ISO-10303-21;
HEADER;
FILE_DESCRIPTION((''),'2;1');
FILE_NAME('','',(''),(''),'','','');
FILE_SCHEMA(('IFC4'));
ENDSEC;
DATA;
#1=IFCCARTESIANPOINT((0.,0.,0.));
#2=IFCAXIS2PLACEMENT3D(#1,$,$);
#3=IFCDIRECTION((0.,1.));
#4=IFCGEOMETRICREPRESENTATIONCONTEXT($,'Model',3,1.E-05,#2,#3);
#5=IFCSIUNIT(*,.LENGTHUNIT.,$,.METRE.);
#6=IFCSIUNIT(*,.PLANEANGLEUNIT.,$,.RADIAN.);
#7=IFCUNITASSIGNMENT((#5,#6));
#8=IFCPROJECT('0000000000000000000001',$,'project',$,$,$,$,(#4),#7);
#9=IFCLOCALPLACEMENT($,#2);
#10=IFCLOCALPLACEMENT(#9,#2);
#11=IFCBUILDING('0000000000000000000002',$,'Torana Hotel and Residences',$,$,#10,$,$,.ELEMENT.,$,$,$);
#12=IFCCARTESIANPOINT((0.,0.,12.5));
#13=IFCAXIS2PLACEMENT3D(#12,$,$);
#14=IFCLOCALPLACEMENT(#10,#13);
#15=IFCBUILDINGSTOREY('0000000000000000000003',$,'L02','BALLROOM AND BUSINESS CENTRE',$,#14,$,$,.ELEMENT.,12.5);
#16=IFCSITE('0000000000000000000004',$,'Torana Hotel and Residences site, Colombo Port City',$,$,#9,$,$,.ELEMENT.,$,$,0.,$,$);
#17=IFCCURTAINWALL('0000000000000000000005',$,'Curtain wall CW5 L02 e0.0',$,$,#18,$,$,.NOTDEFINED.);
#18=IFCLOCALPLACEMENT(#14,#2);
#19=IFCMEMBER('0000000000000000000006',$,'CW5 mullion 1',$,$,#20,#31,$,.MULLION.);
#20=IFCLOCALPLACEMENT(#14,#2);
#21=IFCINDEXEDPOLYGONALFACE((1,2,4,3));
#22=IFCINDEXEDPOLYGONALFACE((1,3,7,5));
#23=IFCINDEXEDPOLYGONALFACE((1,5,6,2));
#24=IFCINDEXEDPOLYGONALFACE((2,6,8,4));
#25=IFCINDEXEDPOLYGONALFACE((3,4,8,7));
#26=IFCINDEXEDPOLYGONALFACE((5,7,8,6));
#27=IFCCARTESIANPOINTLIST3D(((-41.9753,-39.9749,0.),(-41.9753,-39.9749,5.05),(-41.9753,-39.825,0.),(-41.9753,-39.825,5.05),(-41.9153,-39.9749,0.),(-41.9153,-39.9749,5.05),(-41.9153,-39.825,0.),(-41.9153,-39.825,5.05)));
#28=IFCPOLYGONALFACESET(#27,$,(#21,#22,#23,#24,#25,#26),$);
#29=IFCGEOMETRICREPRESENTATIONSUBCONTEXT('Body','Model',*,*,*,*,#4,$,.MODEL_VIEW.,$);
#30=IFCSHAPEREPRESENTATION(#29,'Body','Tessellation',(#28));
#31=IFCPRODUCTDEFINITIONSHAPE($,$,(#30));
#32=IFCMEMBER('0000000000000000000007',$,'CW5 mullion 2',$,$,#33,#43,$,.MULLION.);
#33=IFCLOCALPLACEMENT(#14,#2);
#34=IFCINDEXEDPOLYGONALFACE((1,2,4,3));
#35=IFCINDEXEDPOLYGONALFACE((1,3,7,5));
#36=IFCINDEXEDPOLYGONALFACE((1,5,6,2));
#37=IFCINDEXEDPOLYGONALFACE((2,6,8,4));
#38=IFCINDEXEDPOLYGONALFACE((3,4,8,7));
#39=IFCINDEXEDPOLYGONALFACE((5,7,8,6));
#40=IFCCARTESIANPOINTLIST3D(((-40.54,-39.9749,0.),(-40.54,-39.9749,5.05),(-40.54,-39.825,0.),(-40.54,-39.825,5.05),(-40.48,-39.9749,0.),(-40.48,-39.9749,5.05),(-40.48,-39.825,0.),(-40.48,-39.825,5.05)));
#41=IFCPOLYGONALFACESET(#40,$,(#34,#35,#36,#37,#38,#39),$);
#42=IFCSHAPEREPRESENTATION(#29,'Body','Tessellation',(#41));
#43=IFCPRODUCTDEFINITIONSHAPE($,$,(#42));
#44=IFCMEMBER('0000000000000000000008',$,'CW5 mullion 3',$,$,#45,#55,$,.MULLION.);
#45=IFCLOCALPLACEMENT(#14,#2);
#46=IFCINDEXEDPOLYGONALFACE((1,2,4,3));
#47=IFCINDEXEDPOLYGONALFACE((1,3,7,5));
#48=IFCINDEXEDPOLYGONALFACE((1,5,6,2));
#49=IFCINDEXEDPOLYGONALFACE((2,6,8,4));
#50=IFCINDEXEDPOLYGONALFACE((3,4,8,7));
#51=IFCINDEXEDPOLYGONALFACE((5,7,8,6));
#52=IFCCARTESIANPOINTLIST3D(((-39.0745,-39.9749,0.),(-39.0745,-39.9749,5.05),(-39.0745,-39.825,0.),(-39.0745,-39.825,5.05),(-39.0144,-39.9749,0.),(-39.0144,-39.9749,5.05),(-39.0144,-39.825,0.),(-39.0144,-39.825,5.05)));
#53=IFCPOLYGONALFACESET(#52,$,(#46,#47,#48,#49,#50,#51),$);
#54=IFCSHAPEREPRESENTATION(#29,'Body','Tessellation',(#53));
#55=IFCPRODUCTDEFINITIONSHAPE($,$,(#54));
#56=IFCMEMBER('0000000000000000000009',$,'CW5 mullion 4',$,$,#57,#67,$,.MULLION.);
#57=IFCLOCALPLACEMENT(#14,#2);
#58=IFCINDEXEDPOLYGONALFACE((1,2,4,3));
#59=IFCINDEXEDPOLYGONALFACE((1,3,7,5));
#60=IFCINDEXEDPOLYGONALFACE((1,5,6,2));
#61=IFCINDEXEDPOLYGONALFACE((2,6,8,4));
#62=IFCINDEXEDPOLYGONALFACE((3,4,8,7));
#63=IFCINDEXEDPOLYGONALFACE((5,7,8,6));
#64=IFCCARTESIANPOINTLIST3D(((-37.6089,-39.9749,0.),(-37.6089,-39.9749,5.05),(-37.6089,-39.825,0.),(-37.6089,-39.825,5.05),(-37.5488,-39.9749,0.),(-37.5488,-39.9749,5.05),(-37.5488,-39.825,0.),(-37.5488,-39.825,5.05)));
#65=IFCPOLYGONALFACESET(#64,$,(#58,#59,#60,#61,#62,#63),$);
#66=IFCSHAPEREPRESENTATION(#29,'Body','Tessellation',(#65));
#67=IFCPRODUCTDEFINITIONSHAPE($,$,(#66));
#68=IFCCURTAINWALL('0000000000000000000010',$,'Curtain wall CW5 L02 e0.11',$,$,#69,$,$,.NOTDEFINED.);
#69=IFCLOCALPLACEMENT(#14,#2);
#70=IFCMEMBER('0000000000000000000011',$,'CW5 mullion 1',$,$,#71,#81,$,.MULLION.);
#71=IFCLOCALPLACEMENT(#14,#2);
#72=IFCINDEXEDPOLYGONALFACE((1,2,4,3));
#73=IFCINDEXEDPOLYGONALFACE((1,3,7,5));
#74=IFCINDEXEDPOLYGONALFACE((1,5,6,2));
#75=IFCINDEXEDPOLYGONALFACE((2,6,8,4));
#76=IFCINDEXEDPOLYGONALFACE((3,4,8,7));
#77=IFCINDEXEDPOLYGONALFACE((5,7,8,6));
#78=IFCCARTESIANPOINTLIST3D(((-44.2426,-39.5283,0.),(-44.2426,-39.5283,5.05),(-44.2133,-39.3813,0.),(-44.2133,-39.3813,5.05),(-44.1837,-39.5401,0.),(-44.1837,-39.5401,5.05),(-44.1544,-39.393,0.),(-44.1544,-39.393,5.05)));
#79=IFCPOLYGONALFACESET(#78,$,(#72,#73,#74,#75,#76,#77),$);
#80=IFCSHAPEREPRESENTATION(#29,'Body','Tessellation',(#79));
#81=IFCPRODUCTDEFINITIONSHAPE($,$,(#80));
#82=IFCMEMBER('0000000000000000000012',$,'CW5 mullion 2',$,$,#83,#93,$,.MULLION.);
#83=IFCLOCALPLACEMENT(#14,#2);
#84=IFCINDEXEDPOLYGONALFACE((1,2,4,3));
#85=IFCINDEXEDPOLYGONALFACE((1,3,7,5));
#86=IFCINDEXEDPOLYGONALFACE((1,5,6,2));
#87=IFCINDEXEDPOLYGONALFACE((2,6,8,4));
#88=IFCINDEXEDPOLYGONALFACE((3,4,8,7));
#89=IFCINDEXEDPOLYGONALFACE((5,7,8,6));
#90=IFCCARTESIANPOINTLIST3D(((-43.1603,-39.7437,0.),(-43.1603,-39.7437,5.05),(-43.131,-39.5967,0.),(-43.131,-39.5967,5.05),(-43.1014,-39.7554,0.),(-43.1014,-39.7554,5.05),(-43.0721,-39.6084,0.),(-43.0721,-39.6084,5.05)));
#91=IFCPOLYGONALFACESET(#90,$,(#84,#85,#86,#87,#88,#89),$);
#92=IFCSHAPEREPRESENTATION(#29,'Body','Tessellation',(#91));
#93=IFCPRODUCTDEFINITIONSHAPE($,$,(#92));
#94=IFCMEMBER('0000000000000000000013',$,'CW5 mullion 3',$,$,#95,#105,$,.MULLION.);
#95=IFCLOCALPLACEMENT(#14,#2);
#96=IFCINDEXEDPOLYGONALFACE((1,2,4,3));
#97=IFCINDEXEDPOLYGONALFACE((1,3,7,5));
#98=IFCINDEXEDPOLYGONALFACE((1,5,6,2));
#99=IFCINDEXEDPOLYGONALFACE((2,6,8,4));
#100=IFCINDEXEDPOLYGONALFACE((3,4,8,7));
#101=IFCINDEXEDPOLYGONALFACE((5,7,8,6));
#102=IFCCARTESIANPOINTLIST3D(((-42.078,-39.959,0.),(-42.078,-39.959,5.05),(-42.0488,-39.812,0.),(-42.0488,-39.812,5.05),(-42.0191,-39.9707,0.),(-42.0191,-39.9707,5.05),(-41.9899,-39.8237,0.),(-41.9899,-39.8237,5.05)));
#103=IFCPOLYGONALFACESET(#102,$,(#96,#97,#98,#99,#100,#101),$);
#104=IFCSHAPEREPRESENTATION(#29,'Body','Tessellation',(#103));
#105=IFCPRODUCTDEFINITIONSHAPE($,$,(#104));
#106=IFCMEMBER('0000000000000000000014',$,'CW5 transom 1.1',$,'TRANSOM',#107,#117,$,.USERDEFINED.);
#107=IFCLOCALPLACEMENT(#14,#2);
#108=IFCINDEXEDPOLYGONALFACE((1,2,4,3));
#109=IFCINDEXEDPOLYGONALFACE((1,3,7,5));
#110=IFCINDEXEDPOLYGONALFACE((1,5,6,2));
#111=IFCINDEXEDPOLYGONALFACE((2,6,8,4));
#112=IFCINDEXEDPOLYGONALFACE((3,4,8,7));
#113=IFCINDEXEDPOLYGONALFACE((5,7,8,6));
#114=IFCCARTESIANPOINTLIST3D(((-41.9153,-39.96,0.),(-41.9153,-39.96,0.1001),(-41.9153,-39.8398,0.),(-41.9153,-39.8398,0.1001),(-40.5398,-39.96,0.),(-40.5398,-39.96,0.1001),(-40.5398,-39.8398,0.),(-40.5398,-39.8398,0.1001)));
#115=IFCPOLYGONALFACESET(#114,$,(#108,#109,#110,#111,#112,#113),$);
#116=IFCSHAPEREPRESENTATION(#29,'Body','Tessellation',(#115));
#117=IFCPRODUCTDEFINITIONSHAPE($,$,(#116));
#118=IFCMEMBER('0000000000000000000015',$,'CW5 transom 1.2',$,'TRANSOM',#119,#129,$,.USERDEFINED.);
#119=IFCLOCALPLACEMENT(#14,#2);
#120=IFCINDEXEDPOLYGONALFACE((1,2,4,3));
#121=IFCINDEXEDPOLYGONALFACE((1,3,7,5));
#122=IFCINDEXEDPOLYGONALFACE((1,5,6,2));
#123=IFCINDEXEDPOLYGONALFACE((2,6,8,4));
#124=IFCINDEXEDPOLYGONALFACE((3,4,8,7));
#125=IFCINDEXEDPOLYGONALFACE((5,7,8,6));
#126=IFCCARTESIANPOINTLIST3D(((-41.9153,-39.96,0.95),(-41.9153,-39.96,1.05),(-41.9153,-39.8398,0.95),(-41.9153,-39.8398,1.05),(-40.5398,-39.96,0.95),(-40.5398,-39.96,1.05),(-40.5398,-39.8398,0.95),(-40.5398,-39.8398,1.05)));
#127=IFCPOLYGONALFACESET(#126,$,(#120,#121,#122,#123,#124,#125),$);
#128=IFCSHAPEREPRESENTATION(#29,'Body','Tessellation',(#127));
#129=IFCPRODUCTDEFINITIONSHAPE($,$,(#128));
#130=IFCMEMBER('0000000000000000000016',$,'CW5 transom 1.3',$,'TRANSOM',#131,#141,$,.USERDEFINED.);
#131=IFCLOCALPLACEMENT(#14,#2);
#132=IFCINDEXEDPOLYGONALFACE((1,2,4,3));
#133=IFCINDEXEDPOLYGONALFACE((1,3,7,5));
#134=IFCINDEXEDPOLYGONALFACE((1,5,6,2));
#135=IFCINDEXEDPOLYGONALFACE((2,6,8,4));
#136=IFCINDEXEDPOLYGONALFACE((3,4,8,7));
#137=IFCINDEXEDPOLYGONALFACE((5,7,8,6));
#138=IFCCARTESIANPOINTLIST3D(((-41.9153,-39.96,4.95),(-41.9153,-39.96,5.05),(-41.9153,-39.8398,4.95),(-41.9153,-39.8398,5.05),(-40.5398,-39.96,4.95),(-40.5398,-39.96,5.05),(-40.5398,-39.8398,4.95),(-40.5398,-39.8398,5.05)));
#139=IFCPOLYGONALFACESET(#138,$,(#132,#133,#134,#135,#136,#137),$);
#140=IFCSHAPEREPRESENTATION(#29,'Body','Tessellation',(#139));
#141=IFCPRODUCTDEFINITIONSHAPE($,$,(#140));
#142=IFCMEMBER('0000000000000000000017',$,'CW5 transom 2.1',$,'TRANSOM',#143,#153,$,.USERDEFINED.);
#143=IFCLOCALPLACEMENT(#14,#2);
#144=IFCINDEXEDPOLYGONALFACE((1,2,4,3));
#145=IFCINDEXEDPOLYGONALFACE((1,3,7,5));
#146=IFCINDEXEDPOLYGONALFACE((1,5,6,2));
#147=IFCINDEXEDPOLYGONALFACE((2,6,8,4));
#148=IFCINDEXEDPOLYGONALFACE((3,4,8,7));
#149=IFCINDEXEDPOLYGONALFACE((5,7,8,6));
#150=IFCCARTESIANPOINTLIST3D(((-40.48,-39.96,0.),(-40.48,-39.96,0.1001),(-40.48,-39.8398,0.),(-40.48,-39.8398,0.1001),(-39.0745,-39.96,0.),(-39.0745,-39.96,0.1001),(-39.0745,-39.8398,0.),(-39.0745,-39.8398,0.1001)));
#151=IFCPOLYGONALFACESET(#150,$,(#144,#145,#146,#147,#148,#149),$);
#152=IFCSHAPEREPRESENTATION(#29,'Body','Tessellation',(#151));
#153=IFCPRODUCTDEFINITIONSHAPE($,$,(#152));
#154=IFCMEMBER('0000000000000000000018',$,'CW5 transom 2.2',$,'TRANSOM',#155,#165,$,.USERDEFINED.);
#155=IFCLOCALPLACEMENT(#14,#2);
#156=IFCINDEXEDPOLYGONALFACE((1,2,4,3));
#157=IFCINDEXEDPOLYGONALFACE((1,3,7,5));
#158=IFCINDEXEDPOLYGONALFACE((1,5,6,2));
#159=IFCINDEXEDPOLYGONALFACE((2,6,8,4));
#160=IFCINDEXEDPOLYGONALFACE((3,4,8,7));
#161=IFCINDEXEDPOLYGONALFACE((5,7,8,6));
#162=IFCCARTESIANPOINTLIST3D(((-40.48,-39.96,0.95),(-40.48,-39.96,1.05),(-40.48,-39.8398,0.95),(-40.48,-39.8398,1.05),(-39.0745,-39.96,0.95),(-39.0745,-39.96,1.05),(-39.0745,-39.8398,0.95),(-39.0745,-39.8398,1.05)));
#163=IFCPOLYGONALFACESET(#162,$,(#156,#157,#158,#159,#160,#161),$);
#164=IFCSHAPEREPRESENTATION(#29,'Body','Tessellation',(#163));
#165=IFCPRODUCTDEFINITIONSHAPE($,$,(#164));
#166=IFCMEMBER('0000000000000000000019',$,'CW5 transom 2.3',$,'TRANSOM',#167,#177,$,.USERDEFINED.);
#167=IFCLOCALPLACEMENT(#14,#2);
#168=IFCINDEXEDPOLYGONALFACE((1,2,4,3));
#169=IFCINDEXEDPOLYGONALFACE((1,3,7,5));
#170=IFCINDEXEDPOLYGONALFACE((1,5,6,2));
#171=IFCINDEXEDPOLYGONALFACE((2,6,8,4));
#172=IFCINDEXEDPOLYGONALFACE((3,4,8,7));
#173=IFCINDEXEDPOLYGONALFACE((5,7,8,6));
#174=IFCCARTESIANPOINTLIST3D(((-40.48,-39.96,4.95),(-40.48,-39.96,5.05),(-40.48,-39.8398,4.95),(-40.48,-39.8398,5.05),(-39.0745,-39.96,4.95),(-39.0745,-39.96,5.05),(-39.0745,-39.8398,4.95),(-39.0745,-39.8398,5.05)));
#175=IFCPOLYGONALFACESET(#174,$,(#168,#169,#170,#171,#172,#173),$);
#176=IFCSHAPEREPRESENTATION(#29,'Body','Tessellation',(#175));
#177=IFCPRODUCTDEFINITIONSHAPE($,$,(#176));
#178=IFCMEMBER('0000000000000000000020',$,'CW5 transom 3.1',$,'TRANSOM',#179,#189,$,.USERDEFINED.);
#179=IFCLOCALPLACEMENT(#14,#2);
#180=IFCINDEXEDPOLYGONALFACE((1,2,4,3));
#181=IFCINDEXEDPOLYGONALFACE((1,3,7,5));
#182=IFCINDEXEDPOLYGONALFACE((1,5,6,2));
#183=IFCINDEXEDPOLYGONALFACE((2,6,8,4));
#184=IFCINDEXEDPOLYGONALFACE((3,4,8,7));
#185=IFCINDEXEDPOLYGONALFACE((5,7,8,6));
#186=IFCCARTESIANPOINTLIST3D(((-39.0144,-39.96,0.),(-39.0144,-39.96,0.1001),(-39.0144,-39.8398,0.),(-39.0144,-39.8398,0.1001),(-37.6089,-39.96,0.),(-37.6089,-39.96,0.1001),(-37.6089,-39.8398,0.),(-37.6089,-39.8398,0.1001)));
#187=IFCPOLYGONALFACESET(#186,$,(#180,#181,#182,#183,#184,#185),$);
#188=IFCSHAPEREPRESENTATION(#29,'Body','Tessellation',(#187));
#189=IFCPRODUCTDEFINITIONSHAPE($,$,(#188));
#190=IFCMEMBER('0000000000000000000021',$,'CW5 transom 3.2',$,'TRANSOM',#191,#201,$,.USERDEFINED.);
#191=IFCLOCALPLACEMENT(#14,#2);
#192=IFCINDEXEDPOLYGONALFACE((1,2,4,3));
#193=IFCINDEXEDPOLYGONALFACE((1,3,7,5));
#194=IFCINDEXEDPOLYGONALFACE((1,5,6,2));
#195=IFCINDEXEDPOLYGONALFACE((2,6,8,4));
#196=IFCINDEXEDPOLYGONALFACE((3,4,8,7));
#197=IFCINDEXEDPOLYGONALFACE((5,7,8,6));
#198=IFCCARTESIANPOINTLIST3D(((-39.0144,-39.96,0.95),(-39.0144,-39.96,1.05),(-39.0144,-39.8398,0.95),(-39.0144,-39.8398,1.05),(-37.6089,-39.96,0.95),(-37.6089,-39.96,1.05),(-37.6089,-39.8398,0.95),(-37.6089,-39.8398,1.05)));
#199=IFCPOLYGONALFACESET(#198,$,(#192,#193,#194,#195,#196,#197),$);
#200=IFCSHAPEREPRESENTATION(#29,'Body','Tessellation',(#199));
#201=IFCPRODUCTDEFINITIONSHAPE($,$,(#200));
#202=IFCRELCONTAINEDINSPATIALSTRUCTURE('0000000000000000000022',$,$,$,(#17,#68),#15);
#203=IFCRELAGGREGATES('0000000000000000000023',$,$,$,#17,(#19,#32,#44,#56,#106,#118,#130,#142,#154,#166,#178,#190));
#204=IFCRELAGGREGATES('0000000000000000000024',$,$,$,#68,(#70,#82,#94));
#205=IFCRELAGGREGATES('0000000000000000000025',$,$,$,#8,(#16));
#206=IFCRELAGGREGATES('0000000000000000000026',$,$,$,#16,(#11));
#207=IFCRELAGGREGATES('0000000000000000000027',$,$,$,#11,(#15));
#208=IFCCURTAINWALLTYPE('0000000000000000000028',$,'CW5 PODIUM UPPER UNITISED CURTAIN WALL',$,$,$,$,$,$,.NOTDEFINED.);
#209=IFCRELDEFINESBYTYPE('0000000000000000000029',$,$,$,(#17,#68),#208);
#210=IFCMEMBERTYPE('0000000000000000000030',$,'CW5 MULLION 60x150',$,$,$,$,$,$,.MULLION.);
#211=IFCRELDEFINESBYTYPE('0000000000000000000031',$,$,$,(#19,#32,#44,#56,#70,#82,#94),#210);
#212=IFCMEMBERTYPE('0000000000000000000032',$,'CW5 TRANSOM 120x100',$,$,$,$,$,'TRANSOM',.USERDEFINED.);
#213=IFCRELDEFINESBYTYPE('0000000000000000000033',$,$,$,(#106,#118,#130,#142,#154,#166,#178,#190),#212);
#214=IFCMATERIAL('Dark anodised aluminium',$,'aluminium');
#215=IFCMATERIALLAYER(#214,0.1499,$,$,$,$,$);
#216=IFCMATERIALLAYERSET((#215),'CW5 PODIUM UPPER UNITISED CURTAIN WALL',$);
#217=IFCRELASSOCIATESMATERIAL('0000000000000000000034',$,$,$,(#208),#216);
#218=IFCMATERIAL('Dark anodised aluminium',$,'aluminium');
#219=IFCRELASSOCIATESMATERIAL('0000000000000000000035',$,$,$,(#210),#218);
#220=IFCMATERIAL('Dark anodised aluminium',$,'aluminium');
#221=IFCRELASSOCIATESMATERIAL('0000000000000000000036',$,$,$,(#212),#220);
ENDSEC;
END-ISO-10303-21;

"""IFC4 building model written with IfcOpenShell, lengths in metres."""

from ifc_helpers import new_model, si_unit, direction, frame, origin, origin_2d, place, context, subcontext, project, spatial, rectangle, extrude, material, layer, layer_set, material_profile, profile_set, type_object, element, aggregate, save


model = new_model("IFC4")

# Units and contexts
model_context = context("Model", 3, precision=1e-05, world=origin(), true_north=direction((0.0, 1.0)))
body_context = subcontext(model_context, "Body", "Model", "MODEL_VIEW")
ifc_project = project(units=[si_unit("LENGTHUNIT", "METRE"), si_unit("PLANEANGLEUNIT", "RADIAN")], contexts=[model_context])

# Site, building, storey
site_placement = place(None, origin())
site = spatial("IfcSite", under=ifc_project, at=site_placement, Name="Torana Hotel and Residences site, Colombo Port City", CompositionType="ELEMENT", RefElevation=0.0)
building_placement = place(site_placement, origin())
building = spatial("IfcBuilding", under=site, at=building_placement, Name="Torana Hotel and Residences", CompositionType="ELEMENT")
storey_placement = place(building_placement, frame((0.0, 0.0, 12.5)))
storey = spatial("IfcBuildingStorey", under=building, at=storey_placement, Name="L02", Description="BALLROOM AND BUSINESS CENTRE", CompositionType="ELEMENT", Elevation=12.5)

# Curtain walls, members
ifc_material_1 = material(Name="Dark anodised aluminium", Category="aluminium")
ifc_layer_1 = layer(ifc_material_1, 0.1499)
ifc_layer_set_1 = layer_set([ifc_layer_1], Name="CW5 PODIUM UPPER UNITISED CURTAIN WALL")
curtain_wall_type = type_object("IfcCurtainWallType", Name="CW5 PODIUM UPPER UNITISED CURTAIN WALL", PredefinedType="NOTDEFINED", material=ifc_layer_set_1)
curtain_wall_1_placement = place(storey_placement, origin())
curtain_wall_1 = element("IfcCurtainWall", 1, at=curtain_wall_1_placement, inside=storey, type_object=curtain_wall_type, Name="Curtain wall CW5 L02 e0.0", PredefinedType="NOTDEFINED")
ifc_material_2 = material(Name="Dark anodised aluminium", Category="aluminium")
ifc_material_profile_1 = material_profile(ifc_material_2, rectangle(XDim=0.1499, YDim=0.0601, at=origin_2d()), Name="CW5 MULLION 60x150")
ifc_profile_set_1 = profile_set([ifc_material_profile_1], Name="Dark anodised aluminium")
member_type_1 = type_object("IfcMemberType", Name="CW5 MULLION 60x150", PredefinedType="MULLION", material=ifc_profile_set_1)
member_1_placement = place(storey_placement, frame((-41.9453, -39.8999, 0.0), z_axis=(0.0, 0.0, 1.0), x_axis=(0.0, 1.0, 0.0)))
member_1 = element("IfcMember", 2, at=member_1_placement, type_object=member_type_1, Name="CW5 mullion 1", PredefinedType="MULLION", context=body_context, shape_type="SweptSolid", body=[
    extrude(rectangle(XDim=0.1499, YDim=0.0601, at=origin_2d()), origin(), (0.0, 0.0, 1.0), 5.05),
])
member_2_placement = place(storey_placement, frame((-40.51, -39.8999, 0.0), z_axis=(0.0, 0.0, 1.0), x_axis=(0.0, 1.0, 0.0)))
member_2 = element("IfcMember", 3, at=member_2_placement, type_object=member_type_1, Name="CW5 mullion 2", PredefinedType="MULLION", context=body_context, shape_type="SweptSolid", body=[
    extrude(rectangle(XDim=0.1499, YDim=0.0601, at=origin_2d()), origin(), (0.0, 0.0, 1.0), 5.05),
])
member_3_placement = place(storey_placement, frame((-39.0444, -39.8999, 0.0), z_axis=(0.0, 0.0, 1.0), x_axis=(0.0, 1.0, 0.0)))
member_3 = element("IfcMember", 4, at=member_3_placement, type_object=member_type_1, Name="CW5 mullion 3", PredefinedType="MULLION", context=body_context, shape_type="SweptSolid", body=[
    extrude(rectangle(XDim=0.1499, YDim=0.0601, at=origin_2d()), origin(), (0.0, 0.0, 1.0), 5.05),
])
member_4_placement = place(storey_placement, frame((-37.5789, -39.8999, 0.0), z_axis=(0.0, 0.0, 1.0), x_axis=(0.0, 1.0, 0.0)))
member_4 = element("IfcMember", 5, at=member_4_placement, type_object=member_type_1, Name="CW5 mullion 4", PredefinedType="MULLION", context=body_context, shape_type="SweptSolid", body=[
    extrude(rectangle(XDim=0.1499, YDim=0.0601, at=origin_2d()), origin(), (0.0, 0.0, 1.0), 5.05),
])
curtain_wall_2_placement = place(storey_placement, origin())
curtain_wall_2 = element("IfcCurtainWall", 6, at=curtain_wall_2_placement, inside=storey, type_object=curtain_wall_type, Name="Curtain wall CW5 L02 e0.11", PredefinedType="NOTDEFINED")
member_5_placement = place(storey_placement, frame((-44.1985, -39.4607, 0.0), z_axis=(0.0, 0.0, 1.0), x_axis=(0.195081, 0.980787, 0.0)))
member_5 = element("IfcMember", 7, at=member_5_placement, type_object=member_type_1, Name="CW5 mullion 1", PredefinedType="MULLION", context=body_context, shape_type="SweptSolid", body=[
    extrude(rectangle(XDim=0.1499, YDim=0.0601, at=origin_2d()), origin(), (0.0, 0.0, 1.0), 5.05),
])
member_6_placement = place(storey_placement, frame((-43.1162, -39.676, 0.0), z_axis=(0.0, 0.0, 1.0), x_axis=(0.195081, 0.980787, 0.0)))
member_6 = element("IfcMember", 8, at=member_6_placement, type_object=member_type_1, Name="CW5 mullion 2", PredefinedType="MULLION", context=body_context, shape_type="SweptSolid", body=[
    extrude(rectangle(XDim=0.1499, YDim=0.0601, at=origin_2d()), origin(), (0.0, 0.0, 1.0), 5.05),
])
member_7_placement = place(storey_placement, frame((-42.0339, -39.8914, 0.0), z_axis=(0.0, 0.0, 1.0), x_axis=(0.195081, 0.980787, 0.0)))
member_7 = element("IfcMember", 9, at=member_7_placement, type_object=member_type_1, Name="CW5 mullion 3", PredefinedType="MULLION", context=body_context, shape_type="SweptSolid", body=[
    extrude(rectangle(XDim=0.1499, YDim=0.0601, at=origin_2d()), origin(), (0.0, 0.0, 1.0), 5.05),
])

# Members
ifc_material_3 = material(Name="Dark anodised aluminium", Category="aluminium")
ifc_material_profile_2 = material_profile(ifc_material_3, rectangle(XDim=0.1201, YDim=0.1001, at=origin_2d()), Name="CW5 TRANSOM 120x100")
ifc_profile_set_2 = profile_set([ifc_material_profile_2], Name="Dark anodised aluminium")
member_type_2 = type_object("IfcMemberType", Name="CW5 TRANSOM 120x100", ElementType="TRANSOM", PredefinedType="USERDEFINED", material=ifc_profile_set_2)
member_8_placement = place(storey_placement, frame((-41.9153, -39.8999, 0.05), z_axis=(1.0, 0.0, 0.0), x_axis=(0.0, 1.0, 0.0)))
member_8 = element("IfcMember", 10, at=member_8_placement, type_object=member_type_2, Name="CW5 transom 1.1", ObjectType="TRANSOM", PredefinedType="USERDEFINED", context=body_context, shape_type="SweptSolid", body=[
    extrude(rectangle(XDim=0.1201, YDim=0.1001, at=origin_2d()), origin(), (0.0, 0.0, 1.0), 1.3755),
])
member_9_placement = place(storey_placement, frame((-41.9153, -39.8999, 1.0), z_axis=(1.0, 0.0, 0.0), x_axis=(0.0, 1.0, 0.0)))
member_9 = element("IfcMember", 11, at=member_9_placement, type_object=member_type_2, Name="CW5 transom 1.2", ObjectType="TRANSOM", PredefinedType="USERDEFINED", context=body_context, shape_type="SweptSolid", body=[
    extrude(rectangle(XDim=0.1201, YDim=0.1001, at=origin_2d()), origin(), (0.0, 0.0, 1.0), 1.3755),
])
member_10_placement = place(storey_placement, frame((-41.9153, -39.8999, 5.0), z_axis=(1.0, 0.0, 0.0), x_axis=(0.0, 1.0, 0.0)))
member_10 = element("IfcMember", 12, at=member_10_placement, type_object=member_type_2, Name="CW5 transom 1.3", ObjectType="TRANSOM", PredefinedType="USERDEFINED", context=body_context, shape_type="SweptSolid", body=[
    extrude(rectangle(XDim=0.1201, YDim=0.1001, at=origin_2d()), origin(), (0.0, 0.0, 1.0), 1.3755),
])
member_11_placement = place(storey_placement, frame((-40.48, -39.8999, 0.05), z_axis=(1.0, 0.0, 0.0), x_axis=(0.0, 1.0, 0.0)))
member_11 = element("IfcMember", 13, at=member_11_placement, type_object=member_type_2, Name="CW5 transom 2.1", ObjectType="TRANSOM", PredefinedType="USERDEFINED", context=body_context, shape_type="SweptSolid", body=[
    extrude(rectangle(XDim=0.1201, YDim=0.1001, at=origin_2d()), origin(), (0.0, 0.0, 1.0), 1.4055),
])
member_12_placement = place(storey_placement, frame((-40.48, -39.8999, 1.0), z_axis=(1.0, 0.0, 0.0), x_axis=(0.0, 1.0, 0.0)))
member_12 = element("IfcMember", 14, at=member_12_placement, type_object=member_type_2, Name="CW5 transom 2.2", ObjectType="TRANSOM", PredefinedType="USERDEFINED", context=body_context, shape_type="SweptSolid", body=[
    extrude(rectangle(XDim=0.1201, YDim=0.1001, at=origin_2d()), origin(), (0.0, 0.0, 1.0), 1.4055),
])
member_13_placement = place(storey_placement, frame((-40.48, -39.8999, 5.0), z_axis=(1.0, 0.0, 0.0), x_axis=(0.0, 1.0, 0.0)))
member_13 = element("IfcMember", 15, at=member_13_placement, type_object=member_type_2, Name="CW5 transom 2.3", ObjectType="TRANSOM", PredefinedType="USERDEFINED", context=body_context, shape_type="SweptSolid", body=[
    extrude(rectangle(XDim=0.1201, YDim=0.1001, at=origin_2d()), origin(), (0.0, 0.0, 1.0), 1.4055),
])
member_14_placement = place(storey_placement, frame((-39.0144, -39.8999, 0.05), z_axis=(1.0, 0.0, 0.0), x_axis=(0.0, 1.0, 0.0)))
member_14 = element("IfcMember", 16, at=member_14_placement, type_object=member_type_2, Name="CW5 transom 3.1", ObjectType="TRANSOM", PredefinedType="USERDEFINED", context=body_context, shape_type="SweptSolid", body=[
    extrude(rectangle(XDim=0.1201, YDim=0.1001, at=origin_2d()), origin(), (0.0, 0.0, 1.0), 1.4055),
])
member_15_placement = place(storey_placement, frame((-39.0144, -39.8999, 1.0), z_axis=(1.0, 0.0, 0.0), x_axis=(0.0, 1.0, 0.0)))
member_15 = element("IfcMember", 17, at=member_15_placement, type_object=member_type_2, Name="CW5 transom 3.2", ObjectType="TRANSOM", PredefinedType="USERDEFINED", context=body_context, shape_type="SweptSolid", body=[
    extrude(rectangle(XDim=0.1201, YDim=0.1001, at=origin_2d()), origin(), (0.0, 0.0, 1.0), 1.4055),
])

aggregate(curtain_wall_1, [member_1, member_2, member_3, member_4, member_8, member_9, member_10, member_11, member_12, member_13, member_14, member_15])
aggregate(curtain_wall_2, [member_5, member_6, member_7])

save(model, "model.ifc")
